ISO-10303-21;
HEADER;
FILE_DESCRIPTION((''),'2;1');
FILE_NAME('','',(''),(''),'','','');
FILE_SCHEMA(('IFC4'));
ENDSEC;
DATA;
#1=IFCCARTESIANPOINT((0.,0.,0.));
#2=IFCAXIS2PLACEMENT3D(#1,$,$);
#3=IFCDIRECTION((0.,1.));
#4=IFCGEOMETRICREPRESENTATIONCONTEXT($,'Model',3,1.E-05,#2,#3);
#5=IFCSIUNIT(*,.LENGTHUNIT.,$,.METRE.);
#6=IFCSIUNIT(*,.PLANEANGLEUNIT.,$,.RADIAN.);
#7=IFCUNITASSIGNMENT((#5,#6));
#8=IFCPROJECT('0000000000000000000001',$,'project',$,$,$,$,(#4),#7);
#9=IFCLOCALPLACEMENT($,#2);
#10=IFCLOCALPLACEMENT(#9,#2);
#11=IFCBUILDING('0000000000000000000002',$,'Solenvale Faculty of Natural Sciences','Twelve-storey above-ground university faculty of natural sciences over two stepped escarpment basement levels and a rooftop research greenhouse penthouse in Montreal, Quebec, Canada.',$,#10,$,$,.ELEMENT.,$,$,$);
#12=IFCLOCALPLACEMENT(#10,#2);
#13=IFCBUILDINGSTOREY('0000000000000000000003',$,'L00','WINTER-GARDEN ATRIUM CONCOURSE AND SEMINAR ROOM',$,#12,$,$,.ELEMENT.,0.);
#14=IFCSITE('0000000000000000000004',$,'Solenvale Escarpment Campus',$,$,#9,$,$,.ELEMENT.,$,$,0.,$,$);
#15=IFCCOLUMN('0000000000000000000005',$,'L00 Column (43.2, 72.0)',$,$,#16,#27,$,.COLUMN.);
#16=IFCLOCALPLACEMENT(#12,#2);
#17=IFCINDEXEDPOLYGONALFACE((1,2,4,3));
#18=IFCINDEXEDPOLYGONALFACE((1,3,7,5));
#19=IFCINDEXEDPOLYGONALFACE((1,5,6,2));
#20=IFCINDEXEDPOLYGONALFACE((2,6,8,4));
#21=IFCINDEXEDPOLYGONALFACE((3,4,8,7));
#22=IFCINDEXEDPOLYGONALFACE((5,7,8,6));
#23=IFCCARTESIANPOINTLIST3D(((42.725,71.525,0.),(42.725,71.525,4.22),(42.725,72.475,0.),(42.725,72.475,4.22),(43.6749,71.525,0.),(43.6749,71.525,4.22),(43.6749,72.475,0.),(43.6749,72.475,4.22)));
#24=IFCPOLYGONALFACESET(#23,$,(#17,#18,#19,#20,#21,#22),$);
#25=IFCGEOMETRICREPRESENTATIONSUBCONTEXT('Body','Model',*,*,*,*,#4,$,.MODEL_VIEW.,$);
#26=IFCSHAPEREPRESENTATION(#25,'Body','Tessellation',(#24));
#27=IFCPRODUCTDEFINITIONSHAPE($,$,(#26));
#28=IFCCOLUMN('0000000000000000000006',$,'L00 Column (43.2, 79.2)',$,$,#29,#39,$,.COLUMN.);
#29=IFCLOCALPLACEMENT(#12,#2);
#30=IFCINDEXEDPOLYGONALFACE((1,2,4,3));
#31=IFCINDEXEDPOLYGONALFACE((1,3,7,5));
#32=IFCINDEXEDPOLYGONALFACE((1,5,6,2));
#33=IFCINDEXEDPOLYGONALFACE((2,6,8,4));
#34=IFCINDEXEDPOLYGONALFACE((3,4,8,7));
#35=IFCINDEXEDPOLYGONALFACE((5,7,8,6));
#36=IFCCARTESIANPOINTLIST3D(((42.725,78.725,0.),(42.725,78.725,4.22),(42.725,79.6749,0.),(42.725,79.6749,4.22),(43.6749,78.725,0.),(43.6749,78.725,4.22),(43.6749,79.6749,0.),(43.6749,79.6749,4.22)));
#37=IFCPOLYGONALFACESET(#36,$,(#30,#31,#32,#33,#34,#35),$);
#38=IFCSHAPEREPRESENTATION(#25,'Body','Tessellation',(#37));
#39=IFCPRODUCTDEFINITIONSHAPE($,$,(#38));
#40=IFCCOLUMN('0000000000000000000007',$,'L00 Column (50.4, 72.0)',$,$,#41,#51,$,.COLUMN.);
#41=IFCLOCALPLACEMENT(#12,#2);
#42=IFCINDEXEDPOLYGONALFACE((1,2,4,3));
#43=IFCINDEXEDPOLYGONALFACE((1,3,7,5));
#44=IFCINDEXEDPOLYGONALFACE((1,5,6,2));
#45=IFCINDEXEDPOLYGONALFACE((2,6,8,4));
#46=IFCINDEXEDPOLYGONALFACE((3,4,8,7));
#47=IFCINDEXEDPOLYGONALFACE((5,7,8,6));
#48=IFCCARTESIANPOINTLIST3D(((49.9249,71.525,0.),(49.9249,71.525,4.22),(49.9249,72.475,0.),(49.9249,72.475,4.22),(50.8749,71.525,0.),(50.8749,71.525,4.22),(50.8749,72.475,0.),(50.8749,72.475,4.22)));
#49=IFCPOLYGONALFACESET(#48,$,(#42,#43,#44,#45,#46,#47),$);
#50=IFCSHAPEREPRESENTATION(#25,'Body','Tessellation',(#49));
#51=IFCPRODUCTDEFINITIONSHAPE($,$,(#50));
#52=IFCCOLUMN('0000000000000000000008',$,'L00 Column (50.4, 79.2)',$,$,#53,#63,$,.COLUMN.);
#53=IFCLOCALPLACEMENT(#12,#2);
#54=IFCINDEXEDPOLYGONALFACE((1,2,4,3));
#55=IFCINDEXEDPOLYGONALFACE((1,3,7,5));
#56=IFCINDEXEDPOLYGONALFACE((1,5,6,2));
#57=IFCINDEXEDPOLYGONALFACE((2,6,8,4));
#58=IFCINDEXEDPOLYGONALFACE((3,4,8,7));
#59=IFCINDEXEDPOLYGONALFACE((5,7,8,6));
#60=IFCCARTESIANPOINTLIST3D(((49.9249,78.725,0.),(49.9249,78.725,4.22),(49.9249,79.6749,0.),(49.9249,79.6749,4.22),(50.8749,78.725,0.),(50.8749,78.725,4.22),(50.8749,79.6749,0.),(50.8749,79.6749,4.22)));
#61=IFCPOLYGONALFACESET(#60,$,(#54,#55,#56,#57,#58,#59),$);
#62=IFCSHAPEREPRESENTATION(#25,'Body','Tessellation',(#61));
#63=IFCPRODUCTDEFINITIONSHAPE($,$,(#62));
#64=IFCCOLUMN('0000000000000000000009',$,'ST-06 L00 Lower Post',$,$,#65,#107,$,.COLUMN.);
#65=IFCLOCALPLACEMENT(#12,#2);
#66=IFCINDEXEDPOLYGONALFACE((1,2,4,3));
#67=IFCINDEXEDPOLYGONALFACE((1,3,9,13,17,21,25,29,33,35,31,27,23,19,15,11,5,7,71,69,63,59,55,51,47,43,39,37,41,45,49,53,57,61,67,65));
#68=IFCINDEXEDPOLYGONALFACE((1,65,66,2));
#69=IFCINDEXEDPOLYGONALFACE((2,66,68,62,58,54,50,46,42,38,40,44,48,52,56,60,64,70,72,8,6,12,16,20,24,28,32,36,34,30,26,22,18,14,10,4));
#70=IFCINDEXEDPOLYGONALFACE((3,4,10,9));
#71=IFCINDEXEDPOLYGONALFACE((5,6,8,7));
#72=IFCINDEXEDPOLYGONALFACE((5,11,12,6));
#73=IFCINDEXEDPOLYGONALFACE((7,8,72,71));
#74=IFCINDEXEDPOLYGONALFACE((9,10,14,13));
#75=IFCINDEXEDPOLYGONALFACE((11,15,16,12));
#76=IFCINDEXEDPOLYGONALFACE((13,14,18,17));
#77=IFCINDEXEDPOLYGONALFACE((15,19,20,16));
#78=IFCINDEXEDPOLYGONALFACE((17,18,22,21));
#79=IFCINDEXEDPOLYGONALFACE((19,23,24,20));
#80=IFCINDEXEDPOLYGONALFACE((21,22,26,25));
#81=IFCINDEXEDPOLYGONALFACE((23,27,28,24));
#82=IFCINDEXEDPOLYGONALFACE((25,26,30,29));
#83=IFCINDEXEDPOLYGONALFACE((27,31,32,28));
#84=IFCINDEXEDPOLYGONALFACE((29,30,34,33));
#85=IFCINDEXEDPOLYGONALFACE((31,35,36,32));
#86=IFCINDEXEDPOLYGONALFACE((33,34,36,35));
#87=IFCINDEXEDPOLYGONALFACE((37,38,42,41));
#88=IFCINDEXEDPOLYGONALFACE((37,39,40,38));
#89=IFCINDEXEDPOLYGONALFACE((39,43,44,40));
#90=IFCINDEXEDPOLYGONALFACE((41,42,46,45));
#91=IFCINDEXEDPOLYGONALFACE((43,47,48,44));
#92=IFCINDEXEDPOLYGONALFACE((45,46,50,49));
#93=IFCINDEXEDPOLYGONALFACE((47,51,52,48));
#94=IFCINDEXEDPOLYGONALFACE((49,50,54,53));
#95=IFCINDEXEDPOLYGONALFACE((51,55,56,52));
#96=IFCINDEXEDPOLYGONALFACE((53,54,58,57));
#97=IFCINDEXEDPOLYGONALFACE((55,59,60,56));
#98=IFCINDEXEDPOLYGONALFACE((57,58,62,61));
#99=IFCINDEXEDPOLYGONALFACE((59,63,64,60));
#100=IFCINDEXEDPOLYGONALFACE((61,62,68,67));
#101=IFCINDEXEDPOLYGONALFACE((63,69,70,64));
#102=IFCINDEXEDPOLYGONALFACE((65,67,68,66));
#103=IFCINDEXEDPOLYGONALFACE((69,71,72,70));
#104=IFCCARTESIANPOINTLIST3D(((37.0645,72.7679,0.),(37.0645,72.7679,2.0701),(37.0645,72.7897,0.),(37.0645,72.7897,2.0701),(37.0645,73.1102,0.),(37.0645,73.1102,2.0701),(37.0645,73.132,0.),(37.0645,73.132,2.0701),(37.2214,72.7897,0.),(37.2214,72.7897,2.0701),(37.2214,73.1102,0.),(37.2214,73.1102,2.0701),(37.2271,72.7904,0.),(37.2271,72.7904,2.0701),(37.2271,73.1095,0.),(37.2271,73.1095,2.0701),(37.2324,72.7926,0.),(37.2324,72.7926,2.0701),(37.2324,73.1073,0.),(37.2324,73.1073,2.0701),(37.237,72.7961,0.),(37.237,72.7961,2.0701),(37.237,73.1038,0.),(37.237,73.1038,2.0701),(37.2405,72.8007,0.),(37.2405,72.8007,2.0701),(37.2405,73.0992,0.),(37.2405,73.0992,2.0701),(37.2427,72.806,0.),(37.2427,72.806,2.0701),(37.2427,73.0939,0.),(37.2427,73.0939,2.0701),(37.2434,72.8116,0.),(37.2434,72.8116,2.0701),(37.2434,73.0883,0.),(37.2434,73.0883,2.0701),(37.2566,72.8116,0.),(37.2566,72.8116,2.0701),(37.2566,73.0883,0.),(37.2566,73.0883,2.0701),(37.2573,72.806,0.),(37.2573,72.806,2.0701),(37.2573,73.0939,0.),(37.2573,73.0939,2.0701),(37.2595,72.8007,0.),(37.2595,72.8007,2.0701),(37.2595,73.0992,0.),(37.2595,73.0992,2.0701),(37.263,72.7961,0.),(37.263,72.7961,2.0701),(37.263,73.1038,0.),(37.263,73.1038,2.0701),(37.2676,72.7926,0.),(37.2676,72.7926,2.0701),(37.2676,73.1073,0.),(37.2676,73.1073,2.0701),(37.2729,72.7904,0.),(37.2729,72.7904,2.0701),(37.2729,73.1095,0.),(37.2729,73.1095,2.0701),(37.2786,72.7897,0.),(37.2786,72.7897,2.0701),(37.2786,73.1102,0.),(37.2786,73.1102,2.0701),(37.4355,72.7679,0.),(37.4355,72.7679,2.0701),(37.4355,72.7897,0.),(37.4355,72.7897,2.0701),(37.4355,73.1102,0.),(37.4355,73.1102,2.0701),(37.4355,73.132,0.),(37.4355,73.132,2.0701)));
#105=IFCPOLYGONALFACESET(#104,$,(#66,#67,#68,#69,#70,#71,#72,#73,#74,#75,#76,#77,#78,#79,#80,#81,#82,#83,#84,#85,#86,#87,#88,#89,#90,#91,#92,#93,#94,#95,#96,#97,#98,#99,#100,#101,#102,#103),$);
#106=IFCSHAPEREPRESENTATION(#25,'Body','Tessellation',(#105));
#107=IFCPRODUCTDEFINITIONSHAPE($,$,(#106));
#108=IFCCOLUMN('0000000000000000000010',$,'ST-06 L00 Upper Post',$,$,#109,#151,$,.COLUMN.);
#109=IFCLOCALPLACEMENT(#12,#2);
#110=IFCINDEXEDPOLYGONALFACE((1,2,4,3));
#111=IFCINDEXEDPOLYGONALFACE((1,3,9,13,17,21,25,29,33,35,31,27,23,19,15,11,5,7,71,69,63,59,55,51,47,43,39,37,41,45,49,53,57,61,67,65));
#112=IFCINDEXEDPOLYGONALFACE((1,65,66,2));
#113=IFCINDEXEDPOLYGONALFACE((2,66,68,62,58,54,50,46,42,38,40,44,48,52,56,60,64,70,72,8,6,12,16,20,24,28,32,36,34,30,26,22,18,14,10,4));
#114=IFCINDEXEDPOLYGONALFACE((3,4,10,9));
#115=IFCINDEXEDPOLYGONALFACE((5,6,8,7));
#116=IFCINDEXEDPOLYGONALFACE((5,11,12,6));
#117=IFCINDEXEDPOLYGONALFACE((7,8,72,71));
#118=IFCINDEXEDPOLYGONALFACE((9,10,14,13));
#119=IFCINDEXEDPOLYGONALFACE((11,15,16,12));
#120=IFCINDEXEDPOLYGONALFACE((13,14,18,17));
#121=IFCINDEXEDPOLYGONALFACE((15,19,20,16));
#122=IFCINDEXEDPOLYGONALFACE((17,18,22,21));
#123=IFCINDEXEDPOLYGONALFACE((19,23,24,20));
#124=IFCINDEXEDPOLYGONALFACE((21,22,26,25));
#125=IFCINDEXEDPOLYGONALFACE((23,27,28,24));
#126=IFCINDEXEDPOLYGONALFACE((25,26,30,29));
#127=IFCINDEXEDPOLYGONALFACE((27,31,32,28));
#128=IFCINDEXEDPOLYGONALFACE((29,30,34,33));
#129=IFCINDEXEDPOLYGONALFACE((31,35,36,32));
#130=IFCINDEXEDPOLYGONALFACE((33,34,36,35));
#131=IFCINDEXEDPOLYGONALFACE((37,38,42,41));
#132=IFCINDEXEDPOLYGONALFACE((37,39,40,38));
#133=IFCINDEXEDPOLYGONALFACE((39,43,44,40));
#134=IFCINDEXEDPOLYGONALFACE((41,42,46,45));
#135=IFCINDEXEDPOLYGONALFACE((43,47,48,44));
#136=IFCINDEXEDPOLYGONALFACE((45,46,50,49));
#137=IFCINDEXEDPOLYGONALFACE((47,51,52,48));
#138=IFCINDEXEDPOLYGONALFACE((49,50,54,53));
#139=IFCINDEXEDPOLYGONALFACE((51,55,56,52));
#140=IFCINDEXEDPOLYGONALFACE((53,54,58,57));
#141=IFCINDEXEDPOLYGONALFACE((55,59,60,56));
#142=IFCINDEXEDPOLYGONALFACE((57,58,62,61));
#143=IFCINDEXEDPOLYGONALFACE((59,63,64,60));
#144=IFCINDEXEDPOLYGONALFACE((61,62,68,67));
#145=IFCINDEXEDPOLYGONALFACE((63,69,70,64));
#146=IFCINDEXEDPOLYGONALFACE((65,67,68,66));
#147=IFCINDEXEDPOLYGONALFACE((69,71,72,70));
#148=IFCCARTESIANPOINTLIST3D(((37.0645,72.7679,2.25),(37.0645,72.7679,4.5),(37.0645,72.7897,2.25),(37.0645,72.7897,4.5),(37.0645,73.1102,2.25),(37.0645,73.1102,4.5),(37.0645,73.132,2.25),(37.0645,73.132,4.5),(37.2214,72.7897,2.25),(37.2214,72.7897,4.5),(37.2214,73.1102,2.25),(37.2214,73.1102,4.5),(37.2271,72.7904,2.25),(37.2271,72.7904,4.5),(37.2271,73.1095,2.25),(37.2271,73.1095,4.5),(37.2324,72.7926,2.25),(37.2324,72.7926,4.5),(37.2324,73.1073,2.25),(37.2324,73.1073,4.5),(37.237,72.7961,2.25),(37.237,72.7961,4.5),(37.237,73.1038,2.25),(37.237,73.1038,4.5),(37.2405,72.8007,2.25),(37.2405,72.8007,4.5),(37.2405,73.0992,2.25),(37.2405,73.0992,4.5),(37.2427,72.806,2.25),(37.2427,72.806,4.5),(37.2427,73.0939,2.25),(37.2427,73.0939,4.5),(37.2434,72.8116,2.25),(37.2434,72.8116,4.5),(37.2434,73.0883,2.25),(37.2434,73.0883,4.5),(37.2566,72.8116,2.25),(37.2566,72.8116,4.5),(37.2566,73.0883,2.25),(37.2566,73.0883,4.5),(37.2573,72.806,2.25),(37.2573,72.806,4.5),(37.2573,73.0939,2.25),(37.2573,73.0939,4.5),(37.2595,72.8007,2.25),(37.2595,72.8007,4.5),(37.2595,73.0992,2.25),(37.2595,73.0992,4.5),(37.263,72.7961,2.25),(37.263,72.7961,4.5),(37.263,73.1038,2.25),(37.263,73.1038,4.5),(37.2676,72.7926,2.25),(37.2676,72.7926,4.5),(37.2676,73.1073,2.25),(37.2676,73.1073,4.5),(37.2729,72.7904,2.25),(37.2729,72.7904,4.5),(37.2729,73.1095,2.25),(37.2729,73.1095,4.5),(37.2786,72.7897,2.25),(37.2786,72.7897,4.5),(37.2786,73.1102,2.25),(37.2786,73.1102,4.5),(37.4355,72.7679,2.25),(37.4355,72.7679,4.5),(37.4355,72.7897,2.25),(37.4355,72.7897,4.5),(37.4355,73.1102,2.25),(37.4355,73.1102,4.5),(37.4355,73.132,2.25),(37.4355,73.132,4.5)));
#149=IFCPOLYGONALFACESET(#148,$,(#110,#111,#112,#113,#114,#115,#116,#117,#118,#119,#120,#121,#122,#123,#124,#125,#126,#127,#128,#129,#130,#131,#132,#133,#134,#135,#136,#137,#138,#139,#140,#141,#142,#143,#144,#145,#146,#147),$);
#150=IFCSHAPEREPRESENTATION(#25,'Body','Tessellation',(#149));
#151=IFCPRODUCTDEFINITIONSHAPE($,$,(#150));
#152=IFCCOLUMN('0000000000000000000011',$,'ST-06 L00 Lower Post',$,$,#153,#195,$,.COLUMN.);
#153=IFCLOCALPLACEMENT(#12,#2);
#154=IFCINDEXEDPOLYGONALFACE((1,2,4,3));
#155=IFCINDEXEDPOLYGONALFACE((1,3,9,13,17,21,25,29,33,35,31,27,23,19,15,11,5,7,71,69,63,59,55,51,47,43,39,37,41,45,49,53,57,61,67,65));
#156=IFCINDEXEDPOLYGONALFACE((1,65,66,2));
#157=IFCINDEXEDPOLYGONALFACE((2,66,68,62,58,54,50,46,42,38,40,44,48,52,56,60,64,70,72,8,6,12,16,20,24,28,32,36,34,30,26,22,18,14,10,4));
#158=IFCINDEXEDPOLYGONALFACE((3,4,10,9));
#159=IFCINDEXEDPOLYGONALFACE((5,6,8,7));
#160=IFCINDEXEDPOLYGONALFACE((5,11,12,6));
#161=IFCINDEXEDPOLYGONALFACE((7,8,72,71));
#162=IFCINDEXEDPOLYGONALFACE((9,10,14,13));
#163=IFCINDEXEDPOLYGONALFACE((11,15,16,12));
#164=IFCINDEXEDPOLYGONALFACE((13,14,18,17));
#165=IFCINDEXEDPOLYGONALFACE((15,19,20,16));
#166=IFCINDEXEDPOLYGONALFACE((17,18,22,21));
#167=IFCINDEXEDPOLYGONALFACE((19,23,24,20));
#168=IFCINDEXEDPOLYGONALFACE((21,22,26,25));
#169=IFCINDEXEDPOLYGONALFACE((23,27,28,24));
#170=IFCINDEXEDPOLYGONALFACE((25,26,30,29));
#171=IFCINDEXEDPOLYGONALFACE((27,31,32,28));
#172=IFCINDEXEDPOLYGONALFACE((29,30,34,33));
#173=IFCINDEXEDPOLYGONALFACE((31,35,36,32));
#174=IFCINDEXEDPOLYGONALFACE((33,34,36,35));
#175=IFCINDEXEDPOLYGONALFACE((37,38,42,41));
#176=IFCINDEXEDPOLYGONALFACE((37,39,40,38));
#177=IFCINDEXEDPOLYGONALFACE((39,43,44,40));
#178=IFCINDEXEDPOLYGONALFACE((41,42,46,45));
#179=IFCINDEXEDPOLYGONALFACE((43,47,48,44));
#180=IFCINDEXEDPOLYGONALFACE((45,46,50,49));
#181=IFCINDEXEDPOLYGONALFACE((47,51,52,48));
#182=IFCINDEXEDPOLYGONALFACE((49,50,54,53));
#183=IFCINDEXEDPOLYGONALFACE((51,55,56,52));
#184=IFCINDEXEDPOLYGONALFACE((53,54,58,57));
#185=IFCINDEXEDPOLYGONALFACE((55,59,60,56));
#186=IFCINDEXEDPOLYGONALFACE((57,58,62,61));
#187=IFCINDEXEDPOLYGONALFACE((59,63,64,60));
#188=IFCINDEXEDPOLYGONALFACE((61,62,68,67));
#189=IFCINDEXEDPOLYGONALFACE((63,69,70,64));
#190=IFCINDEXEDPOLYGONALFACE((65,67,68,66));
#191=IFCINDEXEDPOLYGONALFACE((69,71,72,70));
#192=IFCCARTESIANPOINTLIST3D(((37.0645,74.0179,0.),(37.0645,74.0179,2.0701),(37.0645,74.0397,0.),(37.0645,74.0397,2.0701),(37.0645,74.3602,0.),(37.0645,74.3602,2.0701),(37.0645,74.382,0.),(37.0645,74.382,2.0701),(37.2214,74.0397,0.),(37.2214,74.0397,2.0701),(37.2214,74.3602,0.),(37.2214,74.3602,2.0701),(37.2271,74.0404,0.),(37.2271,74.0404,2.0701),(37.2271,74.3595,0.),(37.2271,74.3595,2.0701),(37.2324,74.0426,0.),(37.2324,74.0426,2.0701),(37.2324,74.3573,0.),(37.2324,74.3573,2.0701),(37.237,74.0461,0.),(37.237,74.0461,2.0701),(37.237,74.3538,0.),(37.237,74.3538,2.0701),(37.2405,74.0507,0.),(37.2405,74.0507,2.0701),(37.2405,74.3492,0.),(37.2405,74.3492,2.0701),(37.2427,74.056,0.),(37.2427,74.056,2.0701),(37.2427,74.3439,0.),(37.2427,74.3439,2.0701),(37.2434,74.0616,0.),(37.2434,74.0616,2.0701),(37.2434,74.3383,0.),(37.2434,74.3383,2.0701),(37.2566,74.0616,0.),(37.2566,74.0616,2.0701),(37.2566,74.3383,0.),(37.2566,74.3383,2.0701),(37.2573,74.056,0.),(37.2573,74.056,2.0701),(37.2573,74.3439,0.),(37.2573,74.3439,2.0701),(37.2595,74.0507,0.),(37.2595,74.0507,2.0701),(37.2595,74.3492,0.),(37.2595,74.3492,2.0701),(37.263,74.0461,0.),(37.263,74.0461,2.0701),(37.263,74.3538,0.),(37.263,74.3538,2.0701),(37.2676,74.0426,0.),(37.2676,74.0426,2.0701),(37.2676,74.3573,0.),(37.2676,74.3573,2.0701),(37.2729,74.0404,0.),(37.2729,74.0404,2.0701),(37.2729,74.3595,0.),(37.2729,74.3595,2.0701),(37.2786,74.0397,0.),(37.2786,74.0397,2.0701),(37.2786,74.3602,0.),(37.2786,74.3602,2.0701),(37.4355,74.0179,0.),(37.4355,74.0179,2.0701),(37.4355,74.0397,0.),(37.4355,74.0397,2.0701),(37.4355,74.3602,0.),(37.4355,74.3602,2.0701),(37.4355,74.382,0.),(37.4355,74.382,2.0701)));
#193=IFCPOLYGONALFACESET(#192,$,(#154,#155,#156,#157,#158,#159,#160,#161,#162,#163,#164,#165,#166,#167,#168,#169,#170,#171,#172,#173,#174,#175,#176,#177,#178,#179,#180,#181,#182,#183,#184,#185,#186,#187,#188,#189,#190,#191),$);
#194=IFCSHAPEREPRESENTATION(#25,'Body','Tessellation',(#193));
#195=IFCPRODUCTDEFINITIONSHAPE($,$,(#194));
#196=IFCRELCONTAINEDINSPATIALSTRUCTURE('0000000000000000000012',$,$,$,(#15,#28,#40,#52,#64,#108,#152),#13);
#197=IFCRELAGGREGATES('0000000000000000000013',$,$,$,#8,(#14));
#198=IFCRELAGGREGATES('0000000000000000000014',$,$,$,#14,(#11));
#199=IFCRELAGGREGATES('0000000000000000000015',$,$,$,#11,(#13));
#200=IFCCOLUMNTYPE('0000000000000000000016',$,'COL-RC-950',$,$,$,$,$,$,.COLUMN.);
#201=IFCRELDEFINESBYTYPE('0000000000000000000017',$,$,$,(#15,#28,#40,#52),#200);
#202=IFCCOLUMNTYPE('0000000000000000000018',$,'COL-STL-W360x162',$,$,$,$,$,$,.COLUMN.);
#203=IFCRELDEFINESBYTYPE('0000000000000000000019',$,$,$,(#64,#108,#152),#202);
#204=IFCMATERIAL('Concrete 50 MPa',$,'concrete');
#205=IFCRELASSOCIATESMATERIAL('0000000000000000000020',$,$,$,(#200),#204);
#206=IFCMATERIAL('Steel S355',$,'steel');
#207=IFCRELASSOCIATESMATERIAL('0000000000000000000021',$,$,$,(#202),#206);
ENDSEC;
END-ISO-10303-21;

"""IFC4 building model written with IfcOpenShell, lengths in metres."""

from ifc_helpers import new_model, si_unit, direction, frame, origin, origin_2d, place, context, subcontext, project, spatial, rectangle, i_section, extrude, material, material_profile, profile_set, type_object, element, save


model = new_model("IFC4")

# Units and contexts
model_context = context("Model", 3, precision=1e-05, world=origin(), true_north=direction((0.0, 1.0)))
body_context = subcontext(model_context, "Body", "Model", "MODEL_VIEW")
ifc_project = project(units=[si_unit("LENGTHUNIT", "METRE"), si_unit("PLANEANGLEUNIT", "RADIAN")], contexts=[model_context])

# Site, building, storey
site_placement = place(None, origin())
site = spatial("IfcSite", under=ifc_project, at=site_placement, Name="Solenvale Escarpment Campus", CompositionType="ELEMENT", RefElevation=0.0)
building_placement = place(site_placement, origin())
building = spatial("IfcBuilding", under=site, at=building_placement, Name="Solenvale Faculty of Natural Sciences", Description="Twelve-storey above-ground university faculty of natural sciences over two stepped escarpment basement levels and a rooftop research greenhouse penthouse in Montreal, Quebec, Canada.", CompositionType="ELEMENT")
storey_placement = place(building_placement, origin())
storey = spatial("IfcBuildingStorey", under=building, at=storey_placement, Name="L00", Description="WINTER-GARDEN ATRIUM CONCOURSE AND SEMINAR ROOM", CompositionType="ELEMENT", Elevation=0.0)

# Columns
ifc_material_1 = material(Name="Concrete 50 MPa", Category="concrete")
ifc_material_profile_1 = material_profile(ifc_material_1, rectangle(XDim=0.95, YDim=0.95, at=origin_2d()), Name="RC-COL-950x950")
ifc_profile_set_1 = profile_set([ifc_material_profile_1], Name="Concrete 50 MPa")
column_type_1 = type_object("IfcColumnType", Name="COL-RC-950", PredefinedType="COLUMN", material=ifc_profile_set_1)
for number, where, z_axis, x_axis, name in (
    (1, (43.2, 72.0, 0.0), (0.0, 0.0, 1.0), (1.0, 0.0, 0.0), "L00 Column (43.2, 72.0)"),
    (2, (43.2, 79.2, 0.0), (0.0, 0.0, 1.0), (1.0, 0.0, 0.0), "L00 Column (43.2, 79.2)"),
    (3, (50.3999, 72.0, 0.0), (0.0, 0.0, 1.0), (1.0, 0.0, 0.0), "L00 Column (50.4, 72.0)"),
    (4, (50.3999, 79.2, 0.0), (0.0, 0.0, 1.0), (1.0, 0.0, 0.0), "L00 Column (50.4, 79.2)"),
):
    element("IfcColumn", number, at=place(storey_placement, frame(where, z_axis=z_axis, x_axis=x_axis)), inside=storey, type_object=column_type_1, Name=name, PredefinedType="COLUMN", context=body_context, shape_type="SweptSolid", body=[
        extrude(rectangle(XDim=0.95, YDim=0.95, at=origin_2d()), origin(), (0.0, 0.0, 1.0), 4.22),
    ])
ifc_material_2 = material(Name="Steel S355", Category="steel")
ifc_material_profile_2 = material_profile(ifc_material_2, i_section(OverallWidth=0.3711, OverallDepth=0.364, WebThickness=0.0132, FlangeThickness=0.0217, FilletRadius=0.022, at=origin_2d()), Name="W360x162")
ifc_profile_set_2 = profile_set([ifc_material_profile_2], Name="Steel S355")
column_type_2 = type_object("IfcColumnType", Name="COL-STL-W360x162", PredefinedType="COLUMN", material=ifc_profile_set_2)
column_1_placement = place(storey_placement, frame((37.25, 72.95, 0.0), z_axis=(0.0, 0.0, 1.0), x_axis=(1.0, 0.0, 0.0)))
element("IfcColumn", 5, at=column_1_placement, inside=storey, type_object=column_type_2, Name="ST-06 L00 Lower Post", PredefinedType="COLUMN", context=body_context, shape_type="SweptSolid", body=[
    extrude(i_section(OverallWidth=0.3711, OverallDepth=0.364, WebThickness=0.0132, FlangeThickness=0.0217, FilletRadius=0.022, at=origin_2d()), origin(), (0.0, 0.0, 1.0), 2.0701),
])
column_2_placement = place(storey_placement, frame((37.25, 72.95, 2.25), z_axis=(0.0, 0.0, 1.0), x_axis=(1.0, 0.0, 0.0)))
element("IfcColumn", 6, at=column_2_placement, inside=storey, type_object=column_type_2, Name="ST-06 L00 Upper Post", PredefinedType="COLUMN", context=body_context, shape_type="SweptSolid", body=[
    extrude(i_section(OverallWidth=0.3711, OverallDepth=0.364, WebThickness=0.0132, FlangeThickness=0.0217, FilletRadius=0.022, at=origin_2d()), origin(), (0.0, 0.0, 1.0), 2.25),
])
column_3_placement = place(storey_placement, frame((37.25, 74.2, 0.0), z_axis=(0.0, 0.0, 1.0), x_axis=(1.0, 0.0, 0.0)))
element("IfcColumn", 7, at=column_3_placement, inside=storey, type_object=column_type_2, Name="ST-06 L00 Lower Post", PredefinedType="COLUMN", context=body_context, shape_type="SweptSolid", body=[
    extrude(i_section(OverallWidth=0.3711, OverallDepth=0.364, WebThickness=0.0132, FlangeThickness=0.0217, FilletRadius=0.022, at=origin_2d()), origin(), (0.0, 0.0, 1.0), 2.0701),
])

save(model, "model.ifc")
